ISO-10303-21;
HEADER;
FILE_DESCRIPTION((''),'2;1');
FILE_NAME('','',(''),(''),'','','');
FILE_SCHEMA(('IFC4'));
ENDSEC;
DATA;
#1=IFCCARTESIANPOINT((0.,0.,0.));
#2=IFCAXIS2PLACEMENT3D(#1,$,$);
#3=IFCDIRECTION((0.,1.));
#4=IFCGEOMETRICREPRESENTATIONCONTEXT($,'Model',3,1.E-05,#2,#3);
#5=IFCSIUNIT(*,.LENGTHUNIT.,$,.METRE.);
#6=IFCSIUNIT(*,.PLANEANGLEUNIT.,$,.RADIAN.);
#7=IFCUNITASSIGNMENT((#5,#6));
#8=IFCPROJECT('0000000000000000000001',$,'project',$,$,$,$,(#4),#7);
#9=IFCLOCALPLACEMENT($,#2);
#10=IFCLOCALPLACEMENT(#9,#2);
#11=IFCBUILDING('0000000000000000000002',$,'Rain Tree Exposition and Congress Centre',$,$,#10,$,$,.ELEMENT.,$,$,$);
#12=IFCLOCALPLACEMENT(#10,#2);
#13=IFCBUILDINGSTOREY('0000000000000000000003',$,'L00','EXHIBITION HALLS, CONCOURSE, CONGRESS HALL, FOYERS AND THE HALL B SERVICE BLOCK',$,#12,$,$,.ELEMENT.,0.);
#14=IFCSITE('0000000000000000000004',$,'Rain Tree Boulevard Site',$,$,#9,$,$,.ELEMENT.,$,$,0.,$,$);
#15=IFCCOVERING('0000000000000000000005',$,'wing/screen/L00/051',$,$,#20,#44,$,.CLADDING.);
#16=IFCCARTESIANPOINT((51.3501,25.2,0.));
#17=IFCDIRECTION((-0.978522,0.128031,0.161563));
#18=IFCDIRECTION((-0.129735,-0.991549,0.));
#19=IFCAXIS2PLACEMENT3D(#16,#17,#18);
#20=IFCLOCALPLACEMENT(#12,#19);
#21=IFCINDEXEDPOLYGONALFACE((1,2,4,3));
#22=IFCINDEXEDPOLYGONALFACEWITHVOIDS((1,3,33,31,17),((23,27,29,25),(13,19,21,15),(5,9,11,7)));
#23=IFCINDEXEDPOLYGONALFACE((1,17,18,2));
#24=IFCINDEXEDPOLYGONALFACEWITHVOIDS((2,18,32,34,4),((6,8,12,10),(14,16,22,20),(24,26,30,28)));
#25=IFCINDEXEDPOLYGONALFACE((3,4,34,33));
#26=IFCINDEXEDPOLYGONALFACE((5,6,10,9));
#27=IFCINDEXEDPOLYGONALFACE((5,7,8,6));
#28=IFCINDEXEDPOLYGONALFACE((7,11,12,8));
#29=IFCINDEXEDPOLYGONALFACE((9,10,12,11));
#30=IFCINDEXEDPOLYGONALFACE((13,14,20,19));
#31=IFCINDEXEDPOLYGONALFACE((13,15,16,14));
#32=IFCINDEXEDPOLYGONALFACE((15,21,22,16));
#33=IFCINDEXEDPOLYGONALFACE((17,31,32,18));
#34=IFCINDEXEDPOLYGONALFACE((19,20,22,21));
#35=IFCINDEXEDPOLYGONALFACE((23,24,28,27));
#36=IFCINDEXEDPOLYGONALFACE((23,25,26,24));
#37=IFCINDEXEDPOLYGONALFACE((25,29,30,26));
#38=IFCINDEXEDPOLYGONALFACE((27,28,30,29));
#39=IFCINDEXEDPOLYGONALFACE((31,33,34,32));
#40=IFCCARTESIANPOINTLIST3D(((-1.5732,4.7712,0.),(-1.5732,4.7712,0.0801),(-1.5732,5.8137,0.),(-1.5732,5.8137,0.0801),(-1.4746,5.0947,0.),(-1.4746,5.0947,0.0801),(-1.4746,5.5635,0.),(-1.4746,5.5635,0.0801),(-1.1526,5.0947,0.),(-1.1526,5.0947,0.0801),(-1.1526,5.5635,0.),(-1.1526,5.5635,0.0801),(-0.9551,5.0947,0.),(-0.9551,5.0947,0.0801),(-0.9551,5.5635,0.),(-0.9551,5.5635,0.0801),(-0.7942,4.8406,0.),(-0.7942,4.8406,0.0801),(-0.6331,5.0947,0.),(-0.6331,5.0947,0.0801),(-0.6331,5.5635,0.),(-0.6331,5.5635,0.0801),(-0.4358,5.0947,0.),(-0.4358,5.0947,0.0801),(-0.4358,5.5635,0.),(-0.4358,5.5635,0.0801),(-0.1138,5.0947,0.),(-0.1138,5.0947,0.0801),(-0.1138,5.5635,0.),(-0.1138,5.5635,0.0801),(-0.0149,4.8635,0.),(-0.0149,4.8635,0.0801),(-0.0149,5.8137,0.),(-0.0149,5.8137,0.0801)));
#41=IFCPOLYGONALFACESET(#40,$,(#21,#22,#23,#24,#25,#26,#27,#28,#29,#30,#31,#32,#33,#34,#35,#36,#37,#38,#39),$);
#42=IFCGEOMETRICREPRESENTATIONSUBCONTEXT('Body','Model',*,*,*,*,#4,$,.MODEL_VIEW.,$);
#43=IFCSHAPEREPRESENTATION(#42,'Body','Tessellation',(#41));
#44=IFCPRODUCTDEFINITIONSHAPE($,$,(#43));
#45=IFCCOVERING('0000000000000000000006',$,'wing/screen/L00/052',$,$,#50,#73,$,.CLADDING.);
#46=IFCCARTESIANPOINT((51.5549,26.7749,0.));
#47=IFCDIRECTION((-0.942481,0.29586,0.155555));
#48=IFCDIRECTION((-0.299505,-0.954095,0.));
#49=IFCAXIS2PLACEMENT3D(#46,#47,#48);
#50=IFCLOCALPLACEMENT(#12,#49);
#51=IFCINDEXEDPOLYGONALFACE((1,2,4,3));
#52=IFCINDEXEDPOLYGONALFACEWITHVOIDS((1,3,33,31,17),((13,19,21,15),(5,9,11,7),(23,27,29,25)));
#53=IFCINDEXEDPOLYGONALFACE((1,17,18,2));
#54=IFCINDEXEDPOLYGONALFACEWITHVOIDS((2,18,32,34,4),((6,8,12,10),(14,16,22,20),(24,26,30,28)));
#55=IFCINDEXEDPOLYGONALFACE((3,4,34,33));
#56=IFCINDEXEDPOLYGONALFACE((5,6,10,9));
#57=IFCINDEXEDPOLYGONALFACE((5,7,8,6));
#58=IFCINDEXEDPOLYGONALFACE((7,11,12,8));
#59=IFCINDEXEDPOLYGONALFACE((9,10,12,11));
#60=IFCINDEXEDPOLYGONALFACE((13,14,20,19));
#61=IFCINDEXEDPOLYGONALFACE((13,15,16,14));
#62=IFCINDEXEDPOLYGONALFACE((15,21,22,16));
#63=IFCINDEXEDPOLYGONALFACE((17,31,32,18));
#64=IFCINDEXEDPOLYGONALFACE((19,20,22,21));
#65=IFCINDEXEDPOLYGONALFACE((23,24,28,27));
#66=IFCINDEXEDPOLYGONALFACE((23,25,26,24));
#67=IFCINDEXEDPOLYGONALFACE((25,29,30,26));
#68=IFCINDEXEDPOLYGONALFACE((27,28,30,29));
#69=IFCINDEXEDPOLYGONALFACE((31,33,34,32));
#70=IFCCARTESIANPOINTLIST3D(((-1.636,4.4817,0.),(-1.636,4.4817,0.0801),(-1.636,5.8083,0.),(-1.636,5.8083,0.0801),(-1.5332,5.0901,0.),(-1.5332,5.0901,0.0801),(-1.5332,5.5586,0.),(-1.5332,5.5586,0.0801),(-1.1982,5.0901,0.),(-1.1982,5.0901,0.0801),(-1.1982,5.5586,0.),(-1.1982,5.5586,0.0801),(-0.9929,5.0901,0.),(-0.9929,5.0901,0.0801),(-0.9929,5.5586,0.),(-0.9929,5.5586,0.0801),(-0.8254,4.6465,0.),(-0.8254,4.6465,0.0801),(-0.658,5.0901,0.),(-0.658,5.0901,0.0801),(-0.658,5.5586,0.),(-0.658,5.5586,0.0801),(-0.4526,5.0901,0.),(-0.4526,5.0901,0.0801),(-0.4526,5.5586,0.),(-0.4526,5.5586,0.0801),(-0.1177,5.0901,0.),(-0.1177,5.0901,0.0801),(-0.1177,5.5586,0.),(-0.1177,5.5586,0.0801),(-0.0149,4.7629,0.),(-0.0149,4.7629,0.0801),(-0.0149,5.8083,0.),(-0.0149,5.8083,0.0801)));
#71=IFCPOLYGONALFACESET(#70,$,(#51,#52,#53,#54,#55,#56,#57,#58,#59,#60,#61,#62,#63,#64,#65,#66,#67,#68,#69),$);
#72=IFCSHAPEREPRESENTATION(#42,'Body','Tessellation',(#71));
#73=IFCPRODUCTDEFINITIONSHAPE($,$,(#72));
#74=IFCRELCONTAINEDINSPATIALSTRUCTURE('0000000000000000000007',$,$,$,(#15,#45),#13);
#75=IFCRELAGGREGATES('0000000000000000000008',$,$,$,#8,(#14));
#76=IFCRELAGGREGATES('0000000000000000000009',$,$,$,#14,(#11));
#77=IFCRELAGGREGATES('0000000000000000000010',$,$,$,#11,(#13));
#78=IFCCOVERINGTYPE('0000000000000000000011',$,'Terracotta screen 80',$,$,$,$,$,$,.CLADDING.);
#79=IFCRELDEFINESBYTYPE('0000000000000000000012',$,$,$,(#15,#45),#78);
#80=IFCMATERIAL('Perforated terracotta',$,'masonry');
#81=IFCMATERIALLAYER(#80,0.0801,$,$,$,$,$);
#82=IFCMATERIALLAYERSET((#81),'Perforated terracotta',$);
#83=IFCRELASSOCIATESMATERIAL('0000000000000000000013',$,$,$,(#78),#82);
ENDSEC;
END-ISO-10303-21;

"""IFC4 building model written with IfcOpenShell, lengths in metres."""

from ifc_helpers import new_model, si_unit, direction, frame, origin, place, context, subcontext, project, spatial, polyline, outline, extrude, material, layer, layer_set, type_object, element, save


model = new_model("IFC4")

# Units and contexts
model_context = context("Model", 3, precision=1e-05, world=origin(), true_north=direction((0.0, 1.0)))
body_context = subcontext(model_context, "Body", "Model", "MODEL_VIEW")
ifc_project = project(units=[si_unit("LENGTHUNIT", "METRE"), si_unit("PLANEANGLEUNIT", "RADIAN")], contexts=[model_context])

# Site, building, storey
site_placement = place(None, origin())
site = spatial("IfcSite", under=ifc_project, at=site_placement, Name="Rain Tree Boulevard Site", CompositionType="ELEMENT", RefElevation=0.0)
building_placement = place(site_placement, origin())
building = spatial("IfcBuilding", under=site, at=building_placement, Name="Rain Tree Exposition and Congress Centre", CompositionType="ELEMENT")
storey_placement = place(building_placement, origin())
storey = spatial("IfcBuildingStorey", under=building, at=storey_placement, Name="L00", Description="EXHIBITION HALLS, CONCOURSE, CONGRESS HALL, FOYERS AND THE HALL B SERVICE BLOCK", CompositionType="ELEMENT", Elevation=0.0)

# Coverings
ifc_material_1 = material(Name="Perforated terracotta", Category="masonry")
ifc_layer_1 = layer(ifc_material_1, 0.0801)
ifc_layer_set_1 = layer_set([ifc_layer_1], Name="Perforated terracotta")
covering_type = type_object("IfcCoveringType", Name="Terracotta screen 80", PredefinedType="CLADDING", material=ifc_layer_set_1)
covering_1_placement = place(storey_placement, frame((51.3501, 25.2, 0.0), z_axis=(-0.978522, 0.128031, 0.161563), x_axis=(-0.129735, -0.991549, 0.0)))
element("IfcCovering", 1, at=covering_1_placement, inside=storey, type_object=covering_type, Name="wing/screen/L00/051", PredefinedType="CLADDING", context=body_context, shape_type="SweptSolid", body=[
    extrude(outline(polyline([(-1.5732, 5.8137), (-0.0149, 5.8137), (-0.0149, 4.8635), (-0.7942, 4.8406), (-1.5732, 4.7712), (-1.5732, 5.8137)]), holes=[polyline([(-0.1138, 5.0947), (-0.1138, 5.5635), (-0.4358, 5.5635), (-0.4358, 5.0947), (-0.1138, 5.0947)]), polyline([(-0.6331, 5.0947), (-0.6331, 5.5635), (-0.9551, 5.5635), (-0.9551, 5.0947), (-0.6331, 5.0947)]), polyline([(-1.1526, 5.0947), (-1.1526, 5.5635), (-1.4746, 5.5635), (-1.4746, 5.0947), (-1.1526, 5.0947)])]), origin(), (0.0, 0.0, 1.0), 0.0801),
])
covering_2_placement = place(storey_placement, frame((51.5549, 26.7749, 0.0), z_axis=(-0.942481, 0.29586, 0.155555), x_axis=(-0.299505, -0.954095, 0.0)))
element("IfcCovering", 2, at=covering_2_placement, inside=storey, type_object=covering_type, Name="wing/screen/L00/052", PredefinedType="CLADDING", context=body_context, shape_type="SweptSolid", body=[
    extrude(outline(polyline([(-1.636, 5.8083), (-0.0149, 5.8083), (-0.0149, 4.7629), (-0.8254, 4.6465), (-1.636, 4.4817), (-1.636, 5.8083)]), holes=[polyline([(-0.1177, 5.0901), (-0.1177, 5.5586), (-0.4526, 5.5586), (-0.4526, 5.0901), (-0.1177, 5.0901)]), polyline([(-0.658, 5.0901), (-0.658, 5.5586), (-0.9929, 5.5586), (-0.9929, 5.0901), (-0.658, 5.0901)]), polyline([(-1.1982, 5.0901), (-1.1982, 5.5586), (-1.5332, 5.5586), (-1.5332, 5.0901), (-1.1982, 5.0901)])]), origin(), (0.0, 0.0, 1.0), 0.0801),
])

save(model, "model.ifc")
